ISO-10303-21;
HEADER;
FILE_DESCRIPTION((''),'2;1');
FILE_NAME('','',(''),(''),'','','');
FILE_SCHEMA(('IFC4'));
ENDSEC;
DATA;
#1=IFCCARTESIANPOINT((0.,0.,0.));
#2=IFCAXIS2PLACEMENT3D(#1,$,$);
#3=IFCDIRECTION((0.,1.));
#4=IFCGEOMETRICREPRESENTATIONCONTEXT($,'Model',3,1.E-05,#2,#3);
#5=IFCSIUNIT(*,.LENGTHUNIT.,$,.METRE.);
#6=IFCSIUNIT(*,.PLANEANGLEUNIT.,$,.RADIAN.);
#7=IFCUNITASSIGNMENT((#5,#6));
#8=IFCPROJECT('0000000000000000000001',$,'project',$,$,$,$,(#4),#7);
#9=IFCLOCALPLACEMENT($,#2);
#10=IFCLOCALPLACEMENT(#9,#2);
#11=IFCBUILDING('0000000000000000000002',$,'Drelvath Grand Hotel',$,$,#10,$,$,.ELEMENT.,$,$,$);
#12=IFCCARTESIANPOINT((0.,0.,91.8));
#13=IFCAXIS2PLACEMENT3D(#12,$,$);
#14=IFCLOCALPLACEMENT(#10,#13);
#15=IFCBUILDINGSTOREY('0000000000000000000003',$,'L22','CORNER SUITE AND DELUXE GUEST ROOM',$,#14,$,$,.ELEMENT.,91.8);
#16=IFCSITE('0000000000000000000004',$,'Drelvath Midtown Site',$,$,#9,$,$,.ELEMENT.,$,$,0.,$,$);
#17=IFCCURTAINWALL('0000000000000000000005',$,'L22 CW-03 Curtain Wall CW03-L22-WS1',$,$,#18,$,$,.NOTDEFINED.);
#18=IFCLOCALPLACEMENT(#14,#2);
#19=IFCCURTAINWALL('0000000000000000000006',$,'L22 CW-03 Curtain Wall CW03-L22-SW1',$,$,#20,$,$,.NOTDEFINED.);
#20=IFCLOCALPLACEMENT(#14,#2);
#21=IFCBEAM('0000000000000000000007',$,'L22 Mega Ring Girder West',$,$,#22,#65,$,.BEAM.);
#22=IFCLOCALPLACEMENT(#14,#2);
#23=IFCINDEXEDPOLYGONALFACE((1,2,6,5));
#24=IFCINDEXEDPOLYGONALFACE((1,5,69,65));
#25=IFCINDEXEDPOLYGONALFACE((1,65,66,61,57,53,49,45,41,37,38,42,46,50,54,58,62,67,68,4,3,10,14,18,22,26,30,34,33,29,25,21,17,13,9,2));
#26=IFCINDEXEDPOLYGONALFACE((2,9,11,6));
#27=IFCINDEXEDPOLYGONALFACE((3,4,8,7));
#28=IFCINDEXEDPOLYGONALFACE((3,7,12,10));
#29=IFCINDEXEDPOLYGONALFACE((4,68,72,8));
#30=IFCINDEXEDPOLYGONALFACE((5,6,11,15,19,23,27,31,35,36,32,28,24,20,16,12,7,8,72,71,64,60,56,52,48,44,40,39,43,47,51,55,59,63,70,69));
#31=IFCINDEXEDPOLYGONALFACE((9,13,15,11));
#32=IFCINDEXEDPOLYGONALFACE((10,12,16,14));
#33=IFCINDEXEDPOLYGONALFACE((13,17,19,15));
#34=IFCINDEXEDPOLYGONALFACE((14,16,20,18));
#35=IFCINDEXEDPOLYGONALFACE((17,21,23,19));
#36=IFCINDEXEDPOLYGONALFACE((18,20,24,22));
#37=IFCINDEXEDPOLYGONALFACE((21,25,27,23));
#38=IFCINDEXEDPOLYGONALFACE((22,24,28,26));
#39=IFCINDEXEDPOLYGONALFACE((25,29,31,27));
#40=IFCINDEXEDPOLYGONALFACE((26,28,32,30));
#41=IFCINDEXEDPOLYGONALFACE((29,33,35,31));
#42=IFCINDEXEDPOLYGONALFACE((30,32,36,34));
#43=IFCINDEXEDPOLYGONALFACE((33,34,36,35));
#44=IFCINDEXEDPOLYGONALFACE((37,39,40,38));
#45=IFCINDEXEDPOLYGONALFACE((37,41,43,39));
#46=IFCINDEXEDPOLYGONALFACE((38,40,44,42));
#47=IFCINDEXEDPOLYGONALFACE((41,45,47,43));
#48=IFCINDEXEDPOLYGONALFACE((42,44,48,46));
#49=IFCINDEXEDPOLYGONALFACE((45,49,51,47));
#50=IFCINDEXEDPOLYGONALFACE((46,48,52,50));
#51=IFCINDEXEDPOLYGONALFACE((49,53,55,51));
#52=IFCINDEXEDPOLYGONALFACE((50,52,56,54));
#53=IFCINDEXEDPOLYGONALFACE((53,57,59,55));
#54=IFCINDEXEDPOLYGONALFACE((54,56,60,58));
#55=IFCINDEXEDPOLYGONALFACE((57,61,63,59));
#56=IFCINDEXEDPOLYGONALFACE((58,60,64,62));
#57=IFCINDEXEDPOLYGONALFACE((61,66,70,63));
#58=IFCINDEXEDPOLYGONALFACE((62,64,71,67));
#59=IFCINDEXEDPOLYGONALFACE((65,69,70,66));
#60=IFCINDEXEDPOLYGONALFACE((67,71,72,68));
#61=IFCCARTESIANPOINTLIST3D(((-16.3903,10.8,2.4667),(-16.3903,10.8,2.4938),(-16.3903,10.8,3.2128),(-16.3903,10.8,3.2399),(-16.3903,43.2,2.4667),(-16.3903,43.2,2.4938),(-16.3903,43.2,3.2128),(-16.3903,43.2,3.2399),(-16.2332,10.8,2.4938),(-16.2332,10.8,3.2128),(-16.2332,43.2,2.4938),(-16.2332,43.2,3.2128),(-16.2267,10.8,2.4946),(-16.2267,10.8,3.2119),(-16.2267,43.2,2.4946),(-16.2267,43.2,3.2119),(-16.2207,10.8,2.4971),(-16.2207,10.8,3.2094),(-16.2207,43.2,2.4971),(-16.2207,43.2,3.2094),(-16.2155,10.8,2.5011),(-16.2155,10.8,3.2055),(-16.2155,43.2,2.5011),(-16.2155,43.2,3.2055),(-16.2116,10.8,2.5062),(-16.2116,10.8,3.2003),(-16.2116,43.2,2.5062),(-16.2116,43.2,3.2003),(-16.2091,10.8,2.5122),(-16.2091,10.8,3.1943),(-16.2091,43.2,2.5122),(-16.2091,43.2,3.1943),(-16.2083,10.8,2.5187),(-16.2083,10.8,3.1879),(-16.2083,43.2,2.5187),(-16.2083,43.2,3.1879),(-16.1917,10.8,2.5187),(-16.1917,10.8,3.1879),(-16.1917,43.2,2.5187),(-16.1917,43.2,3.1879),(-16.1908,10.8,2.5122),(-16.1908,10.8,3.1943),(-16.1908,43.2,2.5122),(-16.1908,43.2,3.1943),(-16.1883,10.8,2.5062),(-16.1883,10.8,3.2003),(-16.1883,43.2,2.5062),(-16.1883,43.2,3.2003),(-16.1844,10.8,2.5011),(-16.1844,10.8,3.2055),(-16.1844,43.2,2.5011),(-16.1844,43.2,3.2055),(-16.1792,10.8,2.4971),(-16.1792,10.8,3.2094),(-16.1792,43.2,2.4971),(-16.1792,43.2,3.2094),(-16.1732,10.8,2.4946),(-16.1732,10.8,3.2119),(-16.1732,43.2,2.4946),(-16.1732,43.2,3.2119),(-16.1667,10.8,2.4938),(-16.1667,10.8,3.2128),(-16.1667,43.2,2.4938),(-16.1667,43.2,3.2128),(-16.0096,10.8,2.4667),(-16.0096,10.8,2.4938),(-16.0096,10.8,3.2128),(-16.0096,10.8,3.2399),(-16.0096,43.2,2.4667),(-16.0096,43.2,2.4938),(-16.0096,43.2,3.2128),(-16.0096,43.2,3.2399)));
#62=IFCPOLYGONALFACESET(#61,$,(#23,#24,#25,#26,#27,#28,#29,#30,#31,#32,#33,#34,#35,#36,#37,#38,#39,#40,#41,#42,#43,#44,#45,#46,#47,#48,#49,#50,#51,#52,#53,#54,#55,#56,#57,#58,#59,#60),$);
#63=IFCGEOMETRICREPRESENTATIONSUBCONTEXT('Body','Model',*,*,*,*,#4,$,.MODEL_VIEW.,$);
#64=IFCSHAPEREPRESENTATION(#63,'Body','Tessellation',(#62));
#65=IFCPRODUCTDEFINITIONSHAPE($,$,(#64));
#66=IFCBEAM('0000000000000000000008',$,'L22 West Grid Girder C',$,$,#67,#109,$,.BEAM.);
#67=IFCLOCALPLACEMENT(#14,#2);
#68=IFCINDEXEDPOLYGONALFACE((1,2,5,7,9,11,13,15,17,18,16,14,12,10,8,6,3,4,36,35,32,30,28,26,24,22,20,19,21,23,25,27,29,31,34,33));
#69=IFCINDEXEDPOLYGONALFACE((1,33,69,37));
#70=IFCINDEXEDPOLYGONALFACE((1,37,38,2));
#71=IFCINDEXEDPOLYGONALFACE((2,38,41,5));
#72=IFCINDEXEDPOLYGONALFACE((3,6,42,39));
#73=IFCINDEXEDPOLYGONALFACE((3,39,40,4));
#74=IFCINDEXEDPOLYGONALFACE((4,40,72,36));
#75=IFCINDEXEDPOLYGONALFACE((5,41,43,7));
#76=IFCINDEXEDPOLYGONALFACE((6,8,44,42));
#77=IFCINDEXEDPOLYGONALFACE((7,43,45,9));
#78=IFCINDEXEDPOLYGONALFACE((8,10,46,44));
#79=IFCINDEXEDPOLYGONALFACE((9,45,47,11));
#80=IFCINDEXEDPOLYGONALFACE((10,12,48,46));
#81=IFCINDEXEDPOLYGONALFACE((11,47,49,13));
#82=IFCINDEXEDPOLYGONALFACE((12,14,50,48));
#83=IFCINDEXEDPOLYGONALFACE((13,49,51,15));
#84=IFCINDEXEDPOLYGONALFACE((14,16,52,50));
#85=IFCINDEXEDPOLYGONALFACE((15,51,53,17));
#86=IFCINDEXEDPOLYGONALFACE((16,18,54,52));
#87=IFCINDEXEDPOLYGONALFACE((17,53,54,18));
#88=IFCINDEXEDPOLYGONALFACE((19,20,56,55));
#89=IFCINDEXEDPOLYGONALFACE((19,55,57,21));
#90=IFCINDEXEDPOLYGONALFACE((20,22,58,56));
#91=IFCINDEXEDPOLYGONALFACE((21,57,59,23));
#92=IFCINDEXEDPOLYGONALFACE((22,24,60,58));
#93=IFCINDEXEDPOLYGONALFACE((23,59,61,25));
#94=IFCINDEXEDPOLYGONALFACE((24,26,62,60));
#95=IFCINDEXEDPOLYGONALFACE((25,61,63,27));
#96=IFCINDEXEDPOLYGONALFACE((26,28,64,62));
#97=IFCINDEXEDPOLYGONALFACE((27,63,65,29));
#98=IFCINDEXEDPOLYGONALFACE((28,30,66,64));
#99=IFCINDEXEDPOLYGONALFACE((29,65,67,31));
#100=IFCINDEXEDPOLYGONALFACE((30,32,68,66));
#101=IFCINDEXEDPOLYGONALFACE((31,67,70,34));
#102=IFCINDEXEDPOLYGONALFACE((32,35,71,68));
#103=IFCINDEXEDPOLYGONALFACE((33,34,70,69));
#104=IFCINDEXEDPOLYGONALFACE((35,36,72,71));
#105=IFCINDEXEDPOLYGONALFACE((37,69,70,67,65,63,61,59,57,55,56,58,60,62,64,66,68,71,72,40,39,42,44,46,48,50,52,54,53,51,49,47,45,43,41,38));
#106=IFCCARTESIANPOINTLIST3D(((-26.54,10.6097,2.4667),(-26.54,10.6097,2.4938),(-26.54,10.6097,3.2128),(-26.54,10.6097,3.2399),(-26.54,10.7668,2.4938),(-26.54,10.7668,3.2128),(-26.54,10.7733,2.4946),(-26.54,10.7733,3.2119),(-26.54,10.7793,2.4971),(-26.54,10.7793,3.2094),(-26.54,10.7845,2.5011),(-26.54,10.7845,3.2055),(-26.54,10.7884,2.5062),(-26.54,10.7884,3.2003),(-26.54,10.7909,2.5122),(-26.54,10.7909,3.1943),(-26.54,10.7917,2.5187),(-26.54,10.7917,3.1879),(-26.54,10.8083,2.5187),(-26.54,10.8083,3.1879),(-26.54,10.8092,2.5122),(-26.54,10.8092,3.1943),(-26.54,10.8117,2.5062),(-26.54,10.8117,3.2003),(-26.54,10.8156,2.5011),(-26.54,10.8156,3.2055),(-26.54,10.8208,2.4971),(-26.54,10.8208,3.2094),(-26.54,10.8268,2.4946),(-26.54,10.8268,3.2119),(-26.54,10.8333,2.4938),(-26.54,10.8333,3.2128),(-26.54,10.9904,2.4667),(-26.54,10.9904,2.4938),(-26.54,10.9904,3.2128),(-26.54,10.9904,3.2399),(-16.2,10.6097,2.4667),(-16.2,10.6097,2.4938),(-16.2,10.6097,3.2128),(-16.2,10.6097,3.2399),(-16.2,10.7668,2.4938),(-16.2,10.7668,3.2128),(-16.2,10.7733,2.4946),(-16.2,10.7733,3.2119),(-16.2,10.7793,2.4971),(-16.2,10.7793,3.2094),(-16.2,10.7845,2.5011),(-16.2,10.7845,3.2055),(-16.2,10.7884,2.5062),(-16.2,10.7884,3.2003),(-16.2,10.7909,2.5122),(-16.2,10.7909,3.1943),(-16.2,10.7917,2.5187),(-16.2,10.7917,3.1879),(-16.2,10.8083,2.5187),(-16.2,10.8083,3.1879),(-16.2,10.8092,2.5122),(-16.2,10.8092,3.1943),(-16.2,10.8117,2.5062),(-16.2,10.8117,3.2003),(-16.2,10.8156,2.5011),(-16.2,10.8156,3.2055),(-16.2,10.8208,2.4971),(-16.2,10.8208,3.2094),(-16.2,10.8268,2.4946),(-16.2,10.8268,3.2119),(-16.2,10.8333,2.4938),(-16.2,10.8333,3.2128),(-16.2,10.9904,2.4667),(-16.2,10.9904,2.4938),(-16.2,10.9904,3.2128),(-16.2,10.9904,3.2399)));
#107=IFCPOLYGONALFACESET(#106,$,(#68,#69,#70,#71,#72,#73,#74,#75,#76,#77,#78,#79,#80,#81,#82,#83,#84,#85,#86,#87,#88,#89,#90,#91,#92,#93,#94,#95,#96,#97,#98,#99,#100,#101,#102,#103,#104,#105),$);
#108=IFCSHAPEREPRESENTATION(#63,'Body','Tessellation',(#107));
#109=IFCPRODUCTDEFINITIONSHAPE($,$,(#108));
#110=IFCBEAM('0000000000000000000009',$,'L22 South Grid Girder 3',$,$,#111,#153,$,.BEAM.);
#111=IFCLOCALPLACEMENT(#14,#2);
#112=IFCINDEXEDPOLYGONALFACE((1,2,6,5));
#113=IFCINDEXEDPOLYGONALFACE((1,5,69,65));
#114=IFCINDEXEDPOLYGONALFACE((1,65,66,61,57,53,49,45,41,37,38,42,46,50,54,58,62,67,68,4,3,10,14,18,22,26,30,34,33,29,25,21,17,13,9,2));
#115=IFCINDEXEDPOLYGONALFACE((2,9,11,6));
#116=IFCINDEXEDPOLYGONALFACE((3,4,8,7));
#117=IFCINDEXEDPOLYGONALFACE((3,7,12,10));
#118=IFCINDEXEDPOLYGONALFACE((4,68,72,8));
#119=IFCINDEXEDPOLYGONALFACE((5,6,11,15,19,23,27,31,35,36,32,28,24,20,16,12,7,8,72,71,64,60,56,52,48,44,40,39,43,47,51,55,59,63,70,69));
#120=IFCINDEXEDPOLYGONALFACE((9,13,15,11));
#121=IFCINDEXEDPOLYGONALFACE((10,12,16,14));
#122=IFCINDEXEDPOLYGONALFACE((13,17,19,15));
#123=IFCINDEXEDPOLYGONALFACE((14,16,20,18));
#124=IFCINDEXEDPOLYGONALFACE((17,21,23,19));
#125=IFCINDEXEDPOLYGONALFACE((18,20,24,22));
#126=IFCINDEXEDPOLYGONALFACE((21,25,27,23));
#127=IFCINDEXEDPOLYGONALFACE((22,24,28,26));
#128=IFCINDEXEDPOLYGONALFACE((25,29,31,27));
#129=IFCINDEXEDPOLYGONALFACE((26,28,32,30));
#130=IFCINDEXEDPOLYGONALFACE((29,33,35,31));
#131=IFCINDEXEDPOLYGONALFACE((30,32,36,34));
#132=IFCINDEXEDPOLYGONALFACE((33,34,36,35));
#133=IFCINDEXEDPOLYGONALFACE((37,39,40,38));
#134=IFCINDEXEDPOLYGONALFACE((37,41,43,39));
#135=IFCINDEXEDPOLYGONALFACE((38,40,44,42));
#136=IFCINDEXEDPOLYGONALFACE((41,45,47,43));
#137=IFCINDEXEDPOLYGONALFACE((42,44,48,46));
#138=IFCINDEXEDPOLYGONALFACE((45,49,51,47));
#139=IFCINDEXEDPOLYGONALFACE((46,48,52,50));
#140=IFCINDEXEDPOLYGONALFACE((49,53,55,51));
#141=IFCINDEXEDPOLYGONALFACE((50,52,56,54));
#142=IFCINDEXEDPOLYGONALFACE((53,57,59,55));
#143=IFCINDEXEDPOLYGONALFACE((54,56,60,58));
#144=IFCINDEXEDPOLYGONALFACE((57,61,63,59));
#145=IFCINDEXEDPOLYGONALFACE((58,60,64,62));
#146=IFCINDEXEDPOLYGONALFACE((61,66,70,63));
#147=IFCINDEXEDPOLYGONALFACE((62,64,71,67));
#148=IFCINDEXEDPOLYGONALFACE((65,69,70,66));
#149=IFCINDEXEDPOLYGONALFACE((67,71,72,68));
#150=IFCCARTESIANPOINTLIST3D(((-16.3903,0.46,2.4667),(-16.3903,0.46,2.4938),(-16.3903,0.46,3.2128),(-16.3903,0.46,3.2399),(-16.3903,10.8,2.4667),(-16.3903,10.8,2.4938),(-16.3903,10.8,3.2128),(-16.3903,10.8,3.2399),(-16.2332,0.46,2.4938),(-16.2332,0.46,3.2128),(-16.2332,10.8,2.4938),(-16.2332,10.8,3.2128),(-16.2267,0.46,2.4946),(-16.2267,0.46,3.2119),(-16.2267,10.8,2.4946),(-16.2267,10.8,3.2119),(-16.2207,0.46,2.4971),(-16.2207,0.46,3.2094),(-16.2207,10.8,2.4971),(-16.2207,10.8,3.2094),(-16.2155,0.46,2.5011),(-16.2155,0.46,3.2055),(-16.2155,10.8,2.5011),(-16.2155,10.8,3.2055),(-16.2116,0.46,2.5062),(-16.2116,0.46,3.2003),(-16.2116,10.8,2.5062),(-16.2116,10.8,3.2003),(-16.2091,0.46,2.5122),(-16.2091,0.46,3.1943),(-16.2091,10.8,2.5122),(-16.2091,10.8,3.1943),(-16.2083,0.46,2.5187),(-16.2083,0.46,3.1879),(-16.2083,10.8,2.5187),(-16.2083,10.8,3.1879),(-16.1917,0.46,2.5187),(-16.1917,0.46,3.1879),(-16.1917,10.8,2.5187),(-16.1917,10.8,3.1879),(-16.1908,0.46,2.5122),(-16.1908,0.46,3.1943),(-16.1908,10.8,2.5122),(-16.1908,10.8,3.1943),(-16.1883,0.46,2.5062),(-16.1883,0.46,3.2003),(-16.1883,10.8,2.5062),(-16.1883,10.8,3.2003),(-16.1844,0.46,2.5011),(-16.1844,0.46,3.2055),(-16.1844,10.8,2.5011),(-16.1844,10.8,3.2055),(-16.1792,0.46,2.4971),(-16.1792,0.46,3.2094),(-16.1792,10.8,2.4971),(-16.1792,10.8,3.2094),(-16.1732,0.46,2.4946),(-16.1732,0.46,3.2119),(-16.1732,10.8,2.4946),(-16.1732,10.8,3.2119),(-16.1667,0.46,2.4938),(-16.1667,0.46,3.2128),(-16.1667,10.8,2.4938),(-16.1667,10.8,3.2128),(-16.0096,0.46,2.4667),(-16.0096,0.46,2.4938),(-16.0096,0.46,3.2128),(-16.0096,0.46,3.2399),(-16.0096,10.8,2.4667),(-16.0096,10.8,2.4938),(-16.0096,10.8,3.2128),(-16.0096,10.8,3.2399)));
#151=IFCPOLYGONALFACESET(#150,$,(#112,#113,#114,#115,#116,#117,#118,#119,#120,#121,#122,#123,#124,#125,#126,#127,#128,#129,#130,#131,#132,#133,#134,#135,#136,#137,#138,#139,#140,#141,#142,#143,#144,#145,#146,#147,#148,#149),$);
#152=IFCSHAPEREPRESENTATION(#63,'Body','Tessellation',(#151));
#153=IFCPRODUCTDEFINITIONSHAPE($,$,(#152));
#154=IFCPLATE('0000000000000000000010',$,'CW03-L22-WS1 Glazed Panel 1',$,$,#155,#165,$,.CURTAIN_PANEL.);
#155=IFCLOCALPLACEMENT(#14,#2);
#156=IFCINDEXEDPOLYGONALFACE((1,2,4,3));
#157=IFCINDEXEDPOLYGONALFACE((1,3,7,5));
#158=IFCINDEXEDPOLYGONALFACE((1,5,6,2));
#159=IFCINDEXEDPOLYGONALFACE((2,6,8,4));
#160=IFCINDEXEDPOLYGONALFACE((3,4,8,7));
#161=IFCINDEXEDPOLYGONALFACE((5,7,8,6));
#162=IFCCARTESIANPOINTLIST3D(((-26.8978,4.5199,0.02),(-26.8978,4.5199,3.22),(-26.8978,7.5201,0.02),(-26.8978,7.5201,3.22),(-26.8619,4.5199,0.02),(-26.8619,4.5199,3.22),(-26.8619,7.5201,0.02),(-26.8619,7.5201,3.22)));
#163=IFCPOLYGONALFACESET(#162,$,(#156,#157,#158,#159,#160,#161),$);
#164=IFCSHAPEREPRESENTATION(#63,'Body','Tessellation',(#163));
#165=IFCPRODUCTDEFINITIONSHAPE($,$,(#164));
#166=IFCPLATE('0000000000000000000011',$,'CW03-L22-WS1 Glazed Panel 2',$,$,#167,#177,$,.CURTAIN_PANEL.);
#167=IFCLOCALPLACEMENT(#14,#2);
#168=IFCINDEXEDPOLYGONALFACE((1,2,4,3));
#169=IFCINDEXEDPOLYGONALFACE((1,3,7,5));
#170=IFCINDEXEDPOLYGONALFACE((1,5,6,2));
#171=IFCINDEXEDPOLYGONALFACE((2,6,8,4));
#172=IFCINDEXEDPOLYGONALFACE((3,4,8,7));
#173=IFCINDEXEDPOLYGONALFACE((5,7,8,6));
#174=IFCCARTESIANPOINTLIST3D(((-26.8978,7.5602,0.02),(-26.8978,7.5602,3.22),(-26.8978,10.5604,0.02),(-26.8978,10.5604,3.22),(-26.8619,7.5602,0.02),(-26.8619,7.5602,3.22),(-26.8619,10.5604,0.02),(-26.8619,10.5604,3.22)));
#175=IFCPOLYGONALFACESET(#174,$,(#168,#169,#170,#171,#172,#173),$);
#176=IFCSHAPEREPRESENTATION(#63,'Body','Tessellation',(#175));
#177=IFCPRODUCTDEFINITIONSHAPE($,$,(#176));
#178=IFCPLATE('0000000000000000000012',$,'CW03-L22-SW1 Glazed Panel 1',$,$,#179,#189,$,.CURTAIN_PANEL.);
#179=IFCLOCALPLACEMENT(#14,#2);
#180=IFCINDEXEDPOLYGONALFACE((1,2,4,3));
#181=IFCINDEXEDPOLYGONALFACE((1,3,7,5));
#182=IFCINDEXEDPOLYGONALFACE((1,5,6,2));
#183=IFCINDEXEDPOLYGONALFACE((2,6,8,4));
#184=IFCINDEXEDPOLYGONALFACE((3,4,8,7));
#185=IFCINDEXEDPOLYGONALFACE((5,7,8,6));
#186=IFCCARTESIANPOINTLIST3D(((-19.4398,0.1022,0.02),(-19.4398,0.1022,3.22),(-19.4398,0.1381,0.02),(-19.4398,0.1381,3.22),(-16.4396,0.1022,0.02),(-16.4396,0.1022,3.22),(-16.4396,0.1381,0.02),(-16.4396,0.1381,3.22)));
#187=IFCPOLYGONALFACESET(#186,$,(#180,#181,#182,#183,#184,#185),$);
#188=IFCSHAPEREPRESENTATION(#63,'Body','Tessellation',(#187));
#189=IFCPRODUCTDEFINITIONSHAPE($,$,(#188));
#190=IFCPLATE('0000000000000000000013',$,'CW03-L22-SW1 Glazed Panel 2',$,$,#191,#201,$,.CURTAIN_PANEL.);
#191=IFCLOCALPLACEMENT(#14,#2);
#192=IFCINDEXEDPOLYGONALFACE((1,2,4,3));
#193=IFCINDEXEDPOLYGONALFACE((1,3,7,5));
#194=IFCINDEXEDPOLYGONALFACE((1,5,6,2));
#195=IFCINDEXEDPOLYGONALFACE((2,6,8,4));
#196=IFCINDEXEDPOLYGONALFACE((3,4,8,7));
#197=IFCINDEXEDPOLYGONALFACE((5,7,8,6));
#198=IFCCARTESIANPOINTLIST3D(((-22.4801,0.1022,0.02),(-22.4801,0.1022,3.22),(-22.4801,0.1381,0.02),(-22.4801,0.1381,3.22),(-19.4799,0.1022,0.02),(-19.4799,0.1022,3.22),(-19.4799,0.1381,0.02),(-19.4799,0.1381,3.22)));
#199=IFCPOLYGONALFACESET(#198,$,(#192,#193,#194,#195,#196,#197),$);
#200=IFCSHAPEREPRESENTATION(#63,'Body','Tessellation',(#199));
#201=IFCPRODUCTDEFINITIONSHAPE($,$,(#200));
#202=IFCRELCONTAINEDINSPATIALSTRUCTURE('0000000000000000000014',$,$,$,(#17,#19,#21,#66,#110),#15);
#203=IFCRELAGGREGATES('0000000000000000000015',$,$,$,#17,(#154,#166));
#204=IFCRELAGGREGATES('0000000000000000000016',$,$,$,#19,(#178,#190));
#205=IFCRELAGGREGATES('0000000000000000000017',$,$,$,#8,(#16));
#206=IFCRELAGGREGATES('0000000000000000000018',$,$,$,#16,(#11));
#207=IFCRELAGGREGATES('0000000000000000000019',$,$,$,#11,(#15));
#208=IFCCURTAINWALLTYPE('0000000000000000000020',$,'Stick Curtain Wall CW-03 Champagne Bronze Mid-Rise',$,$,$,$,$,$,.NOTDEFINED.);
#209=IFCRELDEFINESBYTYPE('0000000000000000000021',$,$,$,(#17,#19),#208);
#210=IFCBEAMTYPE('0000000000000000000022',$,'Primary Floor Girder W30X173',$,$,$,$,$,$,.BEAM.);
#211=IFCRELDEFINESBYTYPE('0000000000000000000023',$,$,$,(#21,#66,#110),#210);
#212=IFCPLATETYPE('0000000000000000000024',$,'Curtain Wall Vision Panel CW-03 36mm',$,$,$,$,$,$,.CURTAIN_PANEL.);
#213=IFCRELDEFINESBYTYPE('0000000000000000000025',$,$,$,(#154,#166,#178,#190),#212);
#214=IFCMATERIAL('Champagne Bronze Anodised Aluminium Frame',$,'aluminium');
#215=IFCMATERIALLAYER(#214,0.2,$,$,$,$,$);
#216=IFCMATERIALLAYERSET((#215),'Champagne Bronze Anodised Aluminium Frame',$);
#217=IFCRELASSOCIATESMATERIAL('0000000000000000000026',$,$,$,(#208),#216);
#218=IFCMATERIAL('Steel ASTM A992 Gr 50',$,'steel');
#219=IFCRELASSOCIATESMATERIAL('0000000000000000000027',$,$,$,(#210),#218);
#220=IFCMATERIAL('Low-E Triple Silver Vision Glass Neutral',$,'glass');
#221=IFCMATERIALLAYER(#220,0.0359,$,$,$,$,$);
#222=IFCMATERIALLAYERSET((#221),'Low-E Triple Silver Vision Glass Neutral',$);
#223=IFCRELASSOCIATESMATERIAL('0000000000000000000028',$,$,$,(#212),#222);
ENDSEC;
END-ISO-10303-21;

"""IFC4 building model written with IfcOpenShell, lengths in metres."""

from ifc_helpers import new_model, si_unit, direction, frame, origin, origin_2d, place, context, subcontext, project, spatial, rectangle, i_section, extrude, material, layer, layer_set, material_profile, profile_set, type_object, element, aggregate, save


model = new_model("IFC4")

# Units and contexts
model_context = context("Model", 3, precision=1e-05, world=origin(), true_north=direction((0.0, 1.0)))
body_context = subcontext(model_context, "Body", "Model", "MODEL_VIEW")
ifc_project = project(units=[si_unit("LENGTHUNIT", "METRE"), si_unit("PLANEANGLEUNIT", "RADIAN")], contexts=[model_context])

# Site, building, storey
site_placement = place(None, origin())
site = spatial("IfcSite", under=ifc_project, at=site_placement, Name="Drelvath Midtown Site", CompositionType="ELEMENT", RefElevation=0.0)
building_placement = place(site_placement, origin())
building = spatial("IfcBuilding", under=site, at=building_placement, Name="Drelvath Grand Hotel", CompositionType="ELEMENT")
storey_placement = place(building_placement, frame((0.0, 0.0, 91.8)))
storey = spatial("IfcBuildingStorey", under=building, at=storey_placement, Name="L22", Description="CORNER SUITE AND DELUXE GUEST ROOM", CompositionType="ELEMENT", Elevation=91.8)

# Curtain walls
ifc_material_1 = material(Name="Champagne Bronze Anodised Aluminium Frame", Category="aluminium")
ifc_layer_1 = layer(ifc_material_1, 0.2)
ifc_layer_set_1 = layer_set([ifc_layer_1], Name="Champagne Bronze Anodised Aluminium Frame")
curtain_wall_type = type_object("IfcCurtainWallType", Name="Stick Curtain Wall CW-03 Champagne Bronze Mid-Rise", PredefinedType="NOTDEFINED", material=ifc_layer_set_1)
curtain_wall_1_placement = place(storey_placement, origin())
curtain_wall_1 = element("IfcCurtainWall", 1, at=curtain_wall_1_placement, inside=storey, type_object=curtain_wall_type, Name="L22 CW-03 Curtain Wall CW03-L22-WS1", PredefinedType="NOTDEFINED")
curtain_wall_2_placement = place(storey_placement, origin())
curtain_wall_2 = element("IfcCurtainWall", 2, at=curtain_wall_2_placement, inside=storey, type_object=curtain_wall_type, Name="L22 CW-03 Curtain Wall CW03-L22-SW1", PredefinedType="NOTDEFINED")

# Beams
ifc_material_2 = material(Name="Steel ASTM A992 Gr 50", Category="steel")
ifc_material_profile_1 = material_profile(ifc_material_2, i_section(OverallWidth=0.3806, OverallDepth=0.7732, WebThickness=0.0166, FlangeThickness=0.0271, FilletRadius=0.0249, at=origin_2d()), Name="W30X173")
ifc_profile_set_1 = profile_set([ifc_material_profile_1], Name="Steel ASTM A992 Gr 50")
beam_type_1 = type_object("IfcBeamType", Name="Primary Floor Girder W30X173", PredefinedType="BEAM", material=ifc_profile_set_1)
for number, where, z_axis, x_axis, name in (
    (3, (-16.2, 10.8, 2.8533), (0.0, 1.0, 0.0), (-1.0, 0.0, 0.0), "L22 Mega Ring Girder West"),
):
    element("IfcBeam", number, at=place(storey_placement, frame(where, z_axis=z_axis, x_axis=x_axis)), inside=storey, type_object=beam_type_1, Name=name, PredefinedType="BEAM", context=body_context, shape_type="SweptSolid", body=[
        extrude(i_section(OverallWidth=0.3806, OverallDepth=0.7732, WebThickness=0.0166, FlangeThickness=0.0271, FilletRadius=0.0249, at=origin_2d()), origin(), (0.0, 0.0, 1.0), 32.3999),
    ])
for number, where, z_axis, x_axis, name in (
    (4, (-26.54, 10.8, 2.8533), (1.0, 0.0, 0.0), (0.0, 1.0, 0.0), "L22 West Grid Girder C"),
    (5, (-16.2, 0.46, 2.8533), (0.0, 1.0, 0.0), (-1.0, 0.0, 0.0), "L22 South Grid Girder 3"),
):
    element("IfcBeam", number, at=place(storey_placement, frame(where, z_axis=z_axis, x_axis=x_axis)), inside=storey, type_object=beam_type_1, Name=name, PredefinedType="BEAM", context=body_context, shape_type="SweptSolid", body=[
        extrude(i_section(OverallWidth=0.3806, OverallDepth=0.7732, WebThickness=0.0166, FlangeThickness=0.0271, FilletRadius=0.0249, at=origin_2d()), origin(), (0.0, 0.0, 1.0), 10.3401),
    ])

# Plates
ifc_material_3 = material(Name="Low-E Triple Silver Vision Glass Neutral", Category="glass")
ifc_layer_2 = layer(ifc_material_3, 0.0359)
ifc_layer_set_2 = layer_set([ifc_layer_2], Name="Low-E Triple Silver Vision Glass Neutral")
plate_type = type_object("IfcPlateType", Name="Curtain Wall Vision Panel CW-03 36mm", PredefinedType="CURTAIN_PANEL", material=ifc_layer_set_2)
plate_1_placement = place(storey_placement, frame((-26.8799, 6.02, 0.02), z_axis=(0.0, 0.0, 1.0), x_axis=(0.0, 1.0, 0.0)))
plate_1 = element("IfcPlate", 6, at=plate_1_placement, type_object=plate_type, Name="CW03-L22-WS1 Glazed Panel 1", PredefinedType="CURTAIN_PANEL", context=body_context, shape_type="SweptSolid", body=[
    extrude(rectangle(XDim=3.0002, YDim=0.0359, at=origin_2d()), origin(), (0.0, 0.0, 1.0), 3.2),
])
plate_2_placement = place(storey_placement, frame((-26.8799, 9.0603, 0.02), z_axis=(0.0, 0.0, 1.0), x_axis=(0.0, 1.0, 0.0)))
plate_2 = element("IfcPlate", 7, at=plate_2_placement, type_object=plate_type, Name="CW03-L22-WS1 Glazed Panel 2", PredefinedType="CURTAIN_PANEL", context=body_context, shape_type="SweptSolid", body=[
    extrude(rectangle(XDim=3.0002, YDim=0.0359, at=origin_2d()), origin(), (0.0, 0.0, 1.0), 3.2),
])
aggregate(curtain_wall_1, [plate_1, plate_2])
plate_3_placement = place(storey_placement, frame((-17.9397, 0.1201, 0.02), z_axis=(0.0, 0.0, 1.0), x_axis=(-1.0, 0.0, 0.0)))
plate_3 = element("IfcPlate", 8, at=plate_3_placement, type_object=plate_type, Name="CW03-L22-SW1 Glazed Panel 1", PredefinedType="CURTAIN_PANEL", context=body_context, shape_type="SweptSolid", body=[
    extrude(rectangle(XDim=3.0002, YDim=0.0359, at=origin_2d()), origin(), (0.0, 0.0, 1.0), 3.2),
])
plate_4_placement = place(storey_placement, frame((-20.98, 0.1201, 0.02), z_axis=(0.0, 0.0, 1.0), x_axis=(-1.0, 0.0, 0.0)))
plate_4 = element("IfcPlate", 9, at=plate_4_placement, type_object=plate_type, Name="CW03-L22-SW1 Glazed Panel 2", PredefinedType="CURTAIN_PANEL", context=body_context, shape_type="SweptSolid", body=[
    extrude(rectangle(XDim=3.0002, YDim=0.0359, at=origin_2d()), origin(), (0.0, 0.0, 1.0), 3.2),
])
aggregate(curtain_wall_2, [plate_3, plate_4])

save(model, "model.ifc")
